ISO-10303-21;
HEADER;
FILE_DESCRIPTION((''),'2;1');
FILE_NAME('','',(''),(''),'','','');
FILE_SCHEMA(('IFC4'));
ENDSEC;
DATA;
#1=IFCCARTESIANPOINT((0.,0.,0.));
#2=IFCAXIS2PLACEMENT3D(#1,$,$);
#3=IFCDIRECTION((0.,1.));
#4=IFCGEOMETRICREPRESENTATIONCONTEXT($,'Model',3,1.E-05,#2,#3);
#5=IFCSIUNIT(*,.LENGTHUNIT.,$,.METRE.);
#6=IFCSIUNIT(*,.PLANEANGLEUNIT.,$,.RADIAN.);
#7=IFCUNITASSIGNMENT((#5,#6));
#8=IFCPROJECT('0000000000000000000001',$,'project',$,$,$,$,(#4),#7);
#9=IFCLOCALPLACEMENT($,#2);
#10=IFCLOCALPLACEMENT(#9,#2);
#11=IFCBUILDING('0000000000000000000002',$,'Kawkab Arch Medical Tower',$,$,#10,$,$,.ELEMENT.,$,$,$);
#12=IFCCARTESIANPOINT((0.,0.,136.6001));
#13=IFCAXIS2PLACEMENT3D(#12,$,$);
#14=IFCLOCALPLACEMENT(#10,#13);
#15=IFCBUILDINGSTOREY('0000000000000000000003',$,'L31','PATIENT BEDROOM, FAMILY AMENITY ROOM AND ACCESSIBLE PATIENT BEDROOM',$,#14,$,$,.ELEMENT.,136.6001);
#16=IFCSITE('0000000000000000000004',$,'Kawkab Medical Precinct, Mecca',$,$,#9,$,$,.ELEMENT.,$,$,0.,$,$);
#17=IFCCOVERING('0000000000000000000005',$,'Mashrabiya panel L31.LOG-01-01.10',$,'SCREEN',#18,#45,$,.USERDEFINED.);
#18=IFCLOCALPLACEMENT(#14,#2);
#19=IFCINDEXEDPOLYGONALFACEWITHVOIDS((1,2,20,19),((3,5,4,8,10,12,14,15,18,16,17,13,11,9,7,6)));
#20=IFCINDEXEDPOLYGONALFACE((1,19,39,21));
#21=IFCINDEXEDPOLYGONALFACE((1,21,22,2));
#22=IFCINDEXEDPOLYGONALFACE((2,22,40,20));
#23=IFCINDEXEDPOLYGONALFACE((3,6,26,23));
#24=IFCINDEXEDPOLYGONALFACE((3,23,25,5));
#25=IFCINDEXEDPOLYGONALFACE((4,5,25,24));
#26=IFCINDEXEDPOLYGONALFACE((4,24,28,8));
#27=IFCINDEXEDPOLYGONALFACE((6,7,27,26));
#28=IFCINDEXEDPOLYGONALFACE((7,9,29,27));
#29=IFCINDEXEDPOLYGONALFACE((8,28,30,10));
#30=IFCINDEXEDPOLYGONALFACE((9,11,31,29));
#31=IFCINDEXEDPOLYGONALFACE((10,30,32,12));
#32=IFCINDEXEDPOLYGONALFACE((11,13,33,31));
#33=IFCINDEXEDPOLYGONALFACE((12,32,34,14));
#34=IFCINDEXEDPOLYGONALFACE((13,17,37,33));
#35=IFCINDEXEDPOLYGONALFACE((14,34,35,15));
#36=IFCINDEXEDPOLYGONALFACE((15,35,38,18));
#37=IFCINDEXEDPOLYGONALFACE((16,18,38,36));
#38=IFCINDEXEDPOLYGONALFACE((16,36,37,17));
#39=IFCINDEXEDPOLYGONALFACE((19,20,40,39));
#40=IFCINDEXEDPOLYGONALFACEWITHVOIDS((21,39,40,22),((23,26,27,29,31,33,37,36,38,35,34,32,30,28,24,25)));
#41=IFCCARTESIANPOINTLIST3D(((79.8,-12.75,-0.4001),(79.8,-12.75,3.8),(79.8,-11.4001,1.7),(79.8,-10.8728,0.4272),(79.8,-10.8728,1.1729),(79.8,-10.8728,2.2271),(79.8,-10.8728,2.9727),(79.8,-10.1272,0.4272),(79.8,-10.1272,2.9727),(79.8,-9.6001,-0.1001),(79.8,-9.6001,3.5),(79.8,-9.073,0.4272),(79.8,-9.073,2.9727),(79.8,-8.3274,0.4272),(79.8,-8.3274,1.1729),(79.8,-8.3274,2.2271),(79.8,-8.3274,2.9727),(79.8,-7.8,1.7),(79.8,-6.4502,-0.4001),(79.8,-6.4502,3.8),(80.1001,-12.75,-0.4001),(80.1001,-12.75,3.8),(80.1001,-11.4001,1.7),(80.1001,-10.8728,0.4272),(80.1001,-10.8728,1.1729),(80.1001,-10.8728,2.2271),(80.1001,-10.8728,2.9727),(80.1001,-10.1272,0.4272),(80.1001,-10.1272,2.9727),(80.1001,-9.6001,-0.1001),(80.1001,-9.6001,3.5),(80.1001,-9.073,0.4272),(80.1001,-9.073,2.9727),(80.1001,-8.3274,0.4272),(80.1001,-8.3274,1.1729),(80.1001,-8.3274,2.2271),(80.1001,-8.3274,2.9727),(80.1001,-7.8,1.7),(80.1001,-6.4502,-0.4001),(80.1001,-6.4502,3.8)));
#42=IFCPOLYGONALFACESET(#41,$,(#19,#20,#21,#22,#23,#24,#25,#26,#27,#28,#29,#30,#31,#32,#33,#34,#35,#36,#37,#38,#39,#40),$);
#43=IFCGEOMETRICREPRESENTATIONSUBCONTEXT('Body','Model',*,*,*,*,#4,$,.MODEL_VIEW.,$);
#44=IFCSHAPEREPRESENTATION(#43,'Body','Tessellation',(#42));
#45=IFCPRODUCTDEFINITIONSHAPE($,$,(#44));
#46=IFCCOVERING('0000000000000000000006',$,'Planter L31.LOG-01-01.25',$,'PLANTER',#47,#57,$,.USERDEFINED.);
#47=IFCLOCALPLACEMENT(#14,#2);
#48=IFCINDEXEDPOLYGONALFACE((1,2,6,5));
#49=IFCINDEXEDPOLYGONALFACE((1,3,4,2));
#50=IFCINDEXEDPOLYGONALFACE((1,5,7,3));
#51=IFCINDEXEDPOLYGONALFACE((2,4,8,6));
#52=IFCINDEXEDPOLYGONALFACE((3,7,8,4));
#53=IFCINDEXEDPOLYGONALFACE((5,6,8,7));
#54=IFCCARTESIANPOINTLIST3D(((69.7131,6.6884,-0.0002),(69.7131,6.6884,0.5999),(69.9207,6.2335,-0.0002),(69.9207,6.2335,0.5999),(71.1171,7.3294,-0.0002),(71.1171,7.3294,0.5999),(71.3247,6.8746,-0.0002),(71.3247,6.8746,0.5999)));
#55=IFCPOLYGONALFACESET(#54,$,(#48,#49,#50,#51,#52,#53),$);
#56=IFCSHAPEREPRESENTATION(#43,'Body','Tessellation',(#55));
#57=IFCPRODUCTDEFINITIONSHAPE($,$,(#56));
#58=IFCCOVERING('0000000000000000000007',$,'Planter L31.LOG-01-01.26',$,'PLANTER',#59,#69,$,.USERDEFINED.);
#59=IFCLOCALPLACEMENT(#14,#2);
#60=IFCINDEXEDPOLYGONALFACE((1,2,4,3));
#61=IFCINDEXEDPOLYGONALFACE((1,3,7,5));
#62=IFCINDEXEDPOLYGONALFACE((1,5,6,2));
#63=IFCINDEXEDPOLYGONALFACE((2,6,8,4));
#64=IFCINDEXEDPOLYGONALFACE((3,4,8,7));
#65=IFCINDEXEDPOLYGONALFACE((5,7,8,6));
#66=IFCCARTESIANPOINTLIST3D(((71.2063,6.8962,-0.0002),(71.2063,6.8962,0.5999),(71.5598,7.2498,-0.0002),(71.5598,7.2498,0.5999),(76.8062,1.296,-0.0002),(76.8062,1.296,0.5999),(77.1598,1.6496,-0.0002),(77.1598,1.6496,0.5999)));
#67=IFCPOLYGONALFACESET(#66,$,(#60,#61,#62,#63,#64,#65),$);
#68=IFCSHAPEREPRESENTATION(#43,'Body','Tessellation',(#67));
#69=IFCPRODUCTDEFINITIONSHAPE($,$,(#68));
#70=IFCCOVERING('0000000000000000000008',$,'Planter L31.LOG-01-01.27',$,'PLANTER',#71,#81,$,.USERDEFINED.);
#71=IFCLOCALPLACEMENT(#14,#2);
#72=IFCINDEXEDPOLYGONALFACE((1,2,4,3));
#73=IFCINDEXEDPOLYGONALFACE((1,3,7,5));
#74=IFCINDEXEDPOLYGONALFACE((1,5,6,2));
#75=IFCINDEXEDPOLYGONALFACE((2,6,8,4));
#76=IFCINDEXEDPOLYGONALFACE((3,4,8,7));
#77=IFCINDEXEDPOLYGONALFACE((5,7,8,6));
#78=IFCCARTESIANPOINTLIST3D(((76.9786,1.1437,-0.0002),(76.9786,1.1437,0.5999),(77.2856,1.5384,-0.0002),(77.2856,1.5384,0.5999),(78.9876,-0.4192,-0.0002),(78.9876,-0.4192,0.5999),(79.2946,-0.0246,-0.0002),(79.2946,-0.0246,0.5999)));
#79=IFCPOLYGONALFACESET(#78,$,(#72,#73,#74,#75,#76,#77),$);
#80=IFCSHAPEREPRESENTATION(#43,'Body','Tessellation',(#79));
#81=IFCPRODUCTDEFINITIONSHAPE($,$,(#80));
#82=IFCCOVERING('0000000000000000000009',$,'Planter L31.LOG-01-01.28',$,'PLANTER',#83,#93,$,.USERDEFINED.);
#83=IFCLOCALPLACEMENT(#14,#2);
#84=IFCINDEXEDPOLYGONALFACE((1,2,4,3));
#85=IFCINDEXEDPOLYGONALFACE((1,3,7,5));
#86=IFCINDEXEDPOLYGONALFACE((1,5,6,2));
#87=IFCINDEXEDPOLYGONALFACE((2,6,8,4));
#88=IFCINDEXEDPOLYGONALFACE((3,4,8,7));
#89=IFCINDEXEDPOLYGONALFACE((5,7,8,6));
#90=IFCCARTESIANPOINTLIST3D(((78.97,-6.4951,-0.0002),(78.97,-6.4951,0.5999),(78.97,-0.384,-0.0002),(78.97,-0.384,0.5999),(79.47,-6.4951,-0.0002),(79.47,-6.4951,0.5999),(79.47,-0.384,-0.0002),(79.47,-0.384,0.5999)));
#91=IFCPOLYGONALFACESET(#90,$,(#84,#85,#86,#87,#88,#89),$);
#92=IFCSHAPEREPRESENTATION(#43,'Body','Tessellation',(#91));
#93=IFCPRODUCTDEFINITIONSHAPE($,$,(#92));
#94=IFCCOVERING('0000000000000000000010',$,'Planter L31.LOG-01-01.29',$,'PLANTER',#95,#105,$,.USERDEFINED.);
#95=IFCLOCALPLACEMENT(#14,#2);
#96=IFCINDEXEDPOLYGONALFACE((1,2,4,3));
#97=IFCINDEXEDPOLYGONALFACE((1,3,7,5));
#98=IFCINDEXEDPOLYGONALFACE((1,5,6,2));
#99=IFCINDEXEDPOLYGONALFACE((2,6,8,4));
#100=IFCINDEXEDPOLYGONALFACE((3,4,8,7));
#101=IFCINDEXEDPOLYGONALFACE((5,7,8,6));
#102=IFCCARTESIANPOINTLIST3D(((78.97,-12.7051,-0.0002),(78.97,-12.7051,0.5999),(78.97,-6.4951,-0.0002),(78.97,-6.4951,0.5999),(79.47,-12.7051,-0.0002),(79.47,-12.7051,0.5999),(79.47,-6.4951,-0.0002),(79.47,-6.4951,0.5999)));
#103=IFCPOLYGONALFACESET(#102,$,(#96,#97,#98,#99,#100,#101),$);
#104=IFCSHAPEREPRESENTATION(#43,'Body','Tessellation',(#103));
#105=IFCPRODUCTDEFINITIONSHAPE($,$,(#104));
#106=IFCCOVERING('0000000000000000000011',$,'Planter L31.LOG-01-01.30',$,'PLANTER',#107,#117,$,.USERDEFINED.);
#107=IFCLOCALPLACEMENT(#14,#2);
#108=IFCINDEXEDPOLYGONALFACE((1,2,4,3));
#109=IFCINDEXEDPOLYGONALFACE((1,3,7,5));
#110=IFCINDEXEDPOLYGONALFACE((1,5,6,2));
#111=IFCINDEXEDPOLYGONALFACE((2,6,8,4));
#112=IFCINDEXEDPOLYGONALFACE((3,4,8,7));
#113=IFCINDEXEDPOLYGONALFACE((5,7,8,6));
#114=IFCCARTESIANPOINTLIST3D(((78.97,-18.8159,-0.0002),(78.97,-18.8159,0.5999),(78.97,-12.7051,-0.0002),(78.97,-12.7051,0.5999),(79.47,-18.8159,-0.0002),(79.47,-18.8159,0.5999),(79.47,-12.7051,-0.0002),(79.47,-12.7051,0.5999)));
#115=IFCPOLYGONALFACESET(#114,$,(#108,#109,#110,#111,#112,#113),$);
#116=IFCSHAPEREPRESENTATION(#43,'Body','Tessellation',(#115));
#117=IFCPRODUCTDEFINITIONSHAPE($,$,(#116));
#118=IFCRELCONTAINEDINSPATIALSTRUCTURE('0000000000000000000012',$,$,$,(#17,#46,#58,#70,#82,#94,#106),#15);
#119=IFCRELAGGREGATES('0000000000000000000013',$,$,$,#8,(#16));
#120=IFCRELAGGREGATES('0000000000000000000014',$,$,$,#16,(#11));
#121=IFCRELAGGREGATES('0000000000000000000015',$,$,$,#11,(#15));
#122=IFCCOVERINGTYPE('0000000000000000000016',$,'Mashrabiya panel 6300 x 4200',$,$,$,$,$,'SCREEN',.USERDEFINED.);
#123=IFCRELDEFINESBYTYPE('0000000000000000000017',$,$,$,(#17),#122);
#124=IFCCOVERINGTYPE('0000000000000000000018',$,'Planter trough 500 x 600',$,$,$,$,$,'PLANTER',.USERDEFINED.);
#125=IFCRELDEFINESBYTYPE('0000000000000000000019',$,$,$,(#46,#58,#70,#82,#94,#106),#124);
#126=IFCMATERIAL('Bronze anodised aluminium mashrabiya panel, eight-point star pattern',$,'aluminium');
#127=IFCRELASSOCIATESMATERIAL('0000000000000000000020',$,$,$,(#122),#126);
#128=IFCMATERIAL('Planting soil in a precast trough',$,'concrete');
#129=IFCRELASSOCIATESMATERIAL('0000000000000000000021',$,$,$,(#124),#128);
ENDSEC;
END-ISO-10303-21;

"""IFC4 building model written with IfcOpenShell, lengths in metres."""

from ifc_helpers import new_model, si_unit, direction, frame, origin, origin_2d, place, context, subcontext, project, spatial, polyline, rectangle, outline, extrude, material, material_profile, profile_set, type_object, element, save


model = new_model("IFC4")

# Units and contexts
model_context = context("Model", 3, precision=1e-05, world=origin(), true_north=direction((0.0, 1.0)))
body_context = subcontext(model_context, "Body", "Model", "MODEL_VIEW")
ifc_project = project(units=[si_unit("LENGTHUNIT", "METRE"), si_unit("PLANEANGLEUNIT", "RADIAN")], contexts=[model_context])

# Site, building, storey
site_placement = place(None, origin())
site = spatial("IfcSite", under=ifc_project, at=site_placement, Name="Kawkab Medical Precinct, Mecca", CompositionType="ELEMENT", RefElevation=0.0)
building_placement = place(site_placement, origin())
building = spatial("IfcBuilding", under=site, at=building_placement, Name="Kawkab Arch Medical Tower", CompositionType="ELEMENT")
storey_placement = place(building_placement, frame((0.0, 0.0, 136.6001)))
storey = spatial("IfcBuildingStorey", under=building, at=storey_placement, Name="L31", Description="PATIENT BEDROOM, FAMILY AMENITY ROOM AND ACCESSIBLE PATIENT BEDROOM", CompositionType="ELEMENT", Elevation=136.6001)

# Coverings
ifc_material_1 = material(Name="Bronze anodised aluminium mashrabiya panel, eight-point star pattern", Category="aluminium")
ifc_material_profile_1 = material_profile(ifc_material_1, outline(polyline([(-3.1499, -2.1001), (3.1499, -2.1001), (3.1499, 2.1001), (-3.1499, 2.1001), (-3.1499, -2.1001)]), holes=[polyline([(1.8, 0.0), (1.2727, 0.5271), (1.2727, 1.2727), (0.5271, 1.2727), (0.0, 1.8), (-0.5271, 1.2727), (-1.2727, 1.2727), (-1.2727, 0.5271), (-1.8, 0.0), (-1.2727, -0.5271), (-1.2727, -1.2727), (-0.5271, -1.2727), (0.0, -1.8), (0.5271, -1.2727), (1.2727, -1.2727), (1.2727, -0.5271), (1.8, 0.0)])]), Name="Mashrabiya panel 6300x4200")
ifc_profile_set_1 = profile_set([ifc_material_profile_1], Name="Bronze anodised aluminium mashrabiya panel, eight-point star pattern")
covering_type_1 = type_object("IfcCoveringType", Name="Mashrabiya panel 6300 x 4200", ElementType="SCREEN", PredefinedType="USERDEFINED", material=ifc_profile_set_1)
covering_1_placement = place(storey_placement, frame((79.8, -9.6001, 1.7), z_axis=(1.0, 0.0, 0.0), x_axis=(0.0, 1.0, 0.0)))
element("IfcCovering", 1, at=covering_1_placement, inside=storey, type_object=covering_type_1, Name="Mashrabiya panel L31.LOG-01-01.10", ObjectType="SCREEN", PredefinedType="USERDEFINED", context=body_context, shape_type="SweptSolid", body=[
    extrude(outline(polyline([(-3.1499, -2.1001), (3.1499, -2.1001), (3.1499, 2.1001), (-3.1499, 2.1001), (-3.1499, -2.1001)]), holes=[polyline([(1.8, 0.0), (1.2727, 0.5271), (1.2727, 1.2727), (0.5271, 1.2727), (0.0, 1.8), (-0.5271, 1.2727), (-1.2727, 1.2727), (-1.2727, 0.5271), (-1.8, 0.0), (-1.2727, -0.5271), (-1.2727, -1.2727), (-0.5271, -1.2727), (0.0, -1.8), (0.5271, -1.2727), (1.2727, -1.2727), (1.2727, -0.5271), (1.8, 0.0)])]), origin(), (0.0, 0.0, 1.0), 0.3),
])
ifc_material_2 = material(Name="Planting soil in a precast trough", Category="concrete")
ifc_material_profile_2 = material_profile(ifc_material_2, rectangle(XDim=0.5, YDim=0.6001, at=origin_2d()), Name="Trough 500x600")
ifc_profile_set_2 = profile_set([ifc_material_profile_2], Name="Planting soil in a precast trough")
covering_type_2 = type_object("IfcCoveringType", Name="Planter trough 500 x 600", ElementType="PLANTER", PredefinedType="USERDEFINED", material=ifc_profile_set_2)
covering_2_placement = place(storey_placement, frame((69.8169, 6.4609, 0.2998), z_axis=(0.909656, 0.415363, 0.0), x_axis=(-0.415363, 0.909656, 0.0)))
element("IfcCovering", 2, at=covering_2_placement, inside=storey, type_object=covering_type_2, Name="Planter L31.LOG-01-01.25", ObjectType="PLANTER", PredefinedType="USERDEFINED", context=body_context, shape_type="SweptSolid", body=[
    extrude(rectangle(XDim=0.5, YDim=0.6001, at=origin_2d()), origin(), (0.0, 0.0, 1.0), 1.5435),
])
covering_3_placement = place(storey_placement, frame((71.3831, 7.073, 0.2998), z_axis=(0.707091, -0.707122, 0.0), x_axis=(0.707122, 0.707091, 0.0)))
element("IfcCovering", 3, at=covering_3_placement, inside=storey, type_object=covering_type_2, Name="Planter L31.LOG-01-01.26", ObjectType="PLANTER", PredefinedType="USERDEFINED", context=body_context, shape_type="SweptSolid", body=[
    extrude(rectangle(XDim=0.5, YDim=0.6001, at=origin_2d()), origin(), (0.0, 0.0, 1.0), 7.9197),
])
covering_4_placement = place(storey_placement, frame((77.1321, 1.3411, 0.2998), z_axis=(0.789275, -0.61404, 0.0), x_axis=(0.61404, 0.789275, 0.0)))
element("IfcCovering", 4, at=covering_4_placement, inside=storey, type_object=covering_type_2, Name="Planter L31.LOG-01-01.27", ObjectType="PLANTER", PredefinedType="USERDEFINED", context=body_context, shape_type="SweptSolid", body=[
    extrude(rectangle(XDim=0.5, YDim=0.6001, at=origin_2d()), origin(), (0.0, 0.0, 1.0), 2.5454),
])
covering_5_placement = place(storey_placement, frame((79.22, -0.384, 0.2998), z_axis=(0.0, -1.0, 0.0), x_axis=(1.0, 0.0, 0.0)))
element("IfcCovering", 5, at=covering_5_placement, inside=storey, type_object=covering_type_2, Name="Planter L31.LOG-01-01.28", ObjectType="PLANTER", PredefinedType="USERDEFINED", context=body_context, shape_type="SweptSolid", body=[
    extrude(rectangle(XDim=0.5, YDim=0.6001, at=origin_2d()), origin(), (0.0, 0.0, 1.0), 6.1111),
])
covering_6_placement = place(storey_placement, frame((79.22, -6.4951, 0.2998), z_axis=(0.0, -1.0, 0.0), x_axis=(1.0, 0.0, 0.0)))
element("IfcCovering", 6, at=covering_6_placement, inside=storey, type_object=covering_type_2, Name="Planter L31.LOG-01-01.29", ObjectType="PLANTER", PredefinedType="USERDEFINED", context=body_context, shape_type="SweptSolid", body=[
    extrude(rectangle(XDim=0.5, YDim=0.6001, at=origin_2d()), origin(), (0.0, 0.0, 1.0), 6.21),
])
covering_7_placement = place(storey_placement, frame((79.22, -12.7051, 0.2998), z_axis=(0.0, -1.0, 0.0), x_axis=(1.0, 0.0, 0.0)))
element("IfcCovering", 7, at=covering_7_placement, inside=storey, type_object=covering_type_2, Name="Planter L31.LOG-01-01.30", ObjectType="PLANTER", PredefinedType="USERDEFINED", context=body_context, shape_type="SweptSolid", body=[
    extrude(rectangle(XDim=0.5, YDim=0.6001, at=origin_2d()), origin(), (0.0, 0.0, 1.0), 6.1108),
])

save(model, "model.ifc")
